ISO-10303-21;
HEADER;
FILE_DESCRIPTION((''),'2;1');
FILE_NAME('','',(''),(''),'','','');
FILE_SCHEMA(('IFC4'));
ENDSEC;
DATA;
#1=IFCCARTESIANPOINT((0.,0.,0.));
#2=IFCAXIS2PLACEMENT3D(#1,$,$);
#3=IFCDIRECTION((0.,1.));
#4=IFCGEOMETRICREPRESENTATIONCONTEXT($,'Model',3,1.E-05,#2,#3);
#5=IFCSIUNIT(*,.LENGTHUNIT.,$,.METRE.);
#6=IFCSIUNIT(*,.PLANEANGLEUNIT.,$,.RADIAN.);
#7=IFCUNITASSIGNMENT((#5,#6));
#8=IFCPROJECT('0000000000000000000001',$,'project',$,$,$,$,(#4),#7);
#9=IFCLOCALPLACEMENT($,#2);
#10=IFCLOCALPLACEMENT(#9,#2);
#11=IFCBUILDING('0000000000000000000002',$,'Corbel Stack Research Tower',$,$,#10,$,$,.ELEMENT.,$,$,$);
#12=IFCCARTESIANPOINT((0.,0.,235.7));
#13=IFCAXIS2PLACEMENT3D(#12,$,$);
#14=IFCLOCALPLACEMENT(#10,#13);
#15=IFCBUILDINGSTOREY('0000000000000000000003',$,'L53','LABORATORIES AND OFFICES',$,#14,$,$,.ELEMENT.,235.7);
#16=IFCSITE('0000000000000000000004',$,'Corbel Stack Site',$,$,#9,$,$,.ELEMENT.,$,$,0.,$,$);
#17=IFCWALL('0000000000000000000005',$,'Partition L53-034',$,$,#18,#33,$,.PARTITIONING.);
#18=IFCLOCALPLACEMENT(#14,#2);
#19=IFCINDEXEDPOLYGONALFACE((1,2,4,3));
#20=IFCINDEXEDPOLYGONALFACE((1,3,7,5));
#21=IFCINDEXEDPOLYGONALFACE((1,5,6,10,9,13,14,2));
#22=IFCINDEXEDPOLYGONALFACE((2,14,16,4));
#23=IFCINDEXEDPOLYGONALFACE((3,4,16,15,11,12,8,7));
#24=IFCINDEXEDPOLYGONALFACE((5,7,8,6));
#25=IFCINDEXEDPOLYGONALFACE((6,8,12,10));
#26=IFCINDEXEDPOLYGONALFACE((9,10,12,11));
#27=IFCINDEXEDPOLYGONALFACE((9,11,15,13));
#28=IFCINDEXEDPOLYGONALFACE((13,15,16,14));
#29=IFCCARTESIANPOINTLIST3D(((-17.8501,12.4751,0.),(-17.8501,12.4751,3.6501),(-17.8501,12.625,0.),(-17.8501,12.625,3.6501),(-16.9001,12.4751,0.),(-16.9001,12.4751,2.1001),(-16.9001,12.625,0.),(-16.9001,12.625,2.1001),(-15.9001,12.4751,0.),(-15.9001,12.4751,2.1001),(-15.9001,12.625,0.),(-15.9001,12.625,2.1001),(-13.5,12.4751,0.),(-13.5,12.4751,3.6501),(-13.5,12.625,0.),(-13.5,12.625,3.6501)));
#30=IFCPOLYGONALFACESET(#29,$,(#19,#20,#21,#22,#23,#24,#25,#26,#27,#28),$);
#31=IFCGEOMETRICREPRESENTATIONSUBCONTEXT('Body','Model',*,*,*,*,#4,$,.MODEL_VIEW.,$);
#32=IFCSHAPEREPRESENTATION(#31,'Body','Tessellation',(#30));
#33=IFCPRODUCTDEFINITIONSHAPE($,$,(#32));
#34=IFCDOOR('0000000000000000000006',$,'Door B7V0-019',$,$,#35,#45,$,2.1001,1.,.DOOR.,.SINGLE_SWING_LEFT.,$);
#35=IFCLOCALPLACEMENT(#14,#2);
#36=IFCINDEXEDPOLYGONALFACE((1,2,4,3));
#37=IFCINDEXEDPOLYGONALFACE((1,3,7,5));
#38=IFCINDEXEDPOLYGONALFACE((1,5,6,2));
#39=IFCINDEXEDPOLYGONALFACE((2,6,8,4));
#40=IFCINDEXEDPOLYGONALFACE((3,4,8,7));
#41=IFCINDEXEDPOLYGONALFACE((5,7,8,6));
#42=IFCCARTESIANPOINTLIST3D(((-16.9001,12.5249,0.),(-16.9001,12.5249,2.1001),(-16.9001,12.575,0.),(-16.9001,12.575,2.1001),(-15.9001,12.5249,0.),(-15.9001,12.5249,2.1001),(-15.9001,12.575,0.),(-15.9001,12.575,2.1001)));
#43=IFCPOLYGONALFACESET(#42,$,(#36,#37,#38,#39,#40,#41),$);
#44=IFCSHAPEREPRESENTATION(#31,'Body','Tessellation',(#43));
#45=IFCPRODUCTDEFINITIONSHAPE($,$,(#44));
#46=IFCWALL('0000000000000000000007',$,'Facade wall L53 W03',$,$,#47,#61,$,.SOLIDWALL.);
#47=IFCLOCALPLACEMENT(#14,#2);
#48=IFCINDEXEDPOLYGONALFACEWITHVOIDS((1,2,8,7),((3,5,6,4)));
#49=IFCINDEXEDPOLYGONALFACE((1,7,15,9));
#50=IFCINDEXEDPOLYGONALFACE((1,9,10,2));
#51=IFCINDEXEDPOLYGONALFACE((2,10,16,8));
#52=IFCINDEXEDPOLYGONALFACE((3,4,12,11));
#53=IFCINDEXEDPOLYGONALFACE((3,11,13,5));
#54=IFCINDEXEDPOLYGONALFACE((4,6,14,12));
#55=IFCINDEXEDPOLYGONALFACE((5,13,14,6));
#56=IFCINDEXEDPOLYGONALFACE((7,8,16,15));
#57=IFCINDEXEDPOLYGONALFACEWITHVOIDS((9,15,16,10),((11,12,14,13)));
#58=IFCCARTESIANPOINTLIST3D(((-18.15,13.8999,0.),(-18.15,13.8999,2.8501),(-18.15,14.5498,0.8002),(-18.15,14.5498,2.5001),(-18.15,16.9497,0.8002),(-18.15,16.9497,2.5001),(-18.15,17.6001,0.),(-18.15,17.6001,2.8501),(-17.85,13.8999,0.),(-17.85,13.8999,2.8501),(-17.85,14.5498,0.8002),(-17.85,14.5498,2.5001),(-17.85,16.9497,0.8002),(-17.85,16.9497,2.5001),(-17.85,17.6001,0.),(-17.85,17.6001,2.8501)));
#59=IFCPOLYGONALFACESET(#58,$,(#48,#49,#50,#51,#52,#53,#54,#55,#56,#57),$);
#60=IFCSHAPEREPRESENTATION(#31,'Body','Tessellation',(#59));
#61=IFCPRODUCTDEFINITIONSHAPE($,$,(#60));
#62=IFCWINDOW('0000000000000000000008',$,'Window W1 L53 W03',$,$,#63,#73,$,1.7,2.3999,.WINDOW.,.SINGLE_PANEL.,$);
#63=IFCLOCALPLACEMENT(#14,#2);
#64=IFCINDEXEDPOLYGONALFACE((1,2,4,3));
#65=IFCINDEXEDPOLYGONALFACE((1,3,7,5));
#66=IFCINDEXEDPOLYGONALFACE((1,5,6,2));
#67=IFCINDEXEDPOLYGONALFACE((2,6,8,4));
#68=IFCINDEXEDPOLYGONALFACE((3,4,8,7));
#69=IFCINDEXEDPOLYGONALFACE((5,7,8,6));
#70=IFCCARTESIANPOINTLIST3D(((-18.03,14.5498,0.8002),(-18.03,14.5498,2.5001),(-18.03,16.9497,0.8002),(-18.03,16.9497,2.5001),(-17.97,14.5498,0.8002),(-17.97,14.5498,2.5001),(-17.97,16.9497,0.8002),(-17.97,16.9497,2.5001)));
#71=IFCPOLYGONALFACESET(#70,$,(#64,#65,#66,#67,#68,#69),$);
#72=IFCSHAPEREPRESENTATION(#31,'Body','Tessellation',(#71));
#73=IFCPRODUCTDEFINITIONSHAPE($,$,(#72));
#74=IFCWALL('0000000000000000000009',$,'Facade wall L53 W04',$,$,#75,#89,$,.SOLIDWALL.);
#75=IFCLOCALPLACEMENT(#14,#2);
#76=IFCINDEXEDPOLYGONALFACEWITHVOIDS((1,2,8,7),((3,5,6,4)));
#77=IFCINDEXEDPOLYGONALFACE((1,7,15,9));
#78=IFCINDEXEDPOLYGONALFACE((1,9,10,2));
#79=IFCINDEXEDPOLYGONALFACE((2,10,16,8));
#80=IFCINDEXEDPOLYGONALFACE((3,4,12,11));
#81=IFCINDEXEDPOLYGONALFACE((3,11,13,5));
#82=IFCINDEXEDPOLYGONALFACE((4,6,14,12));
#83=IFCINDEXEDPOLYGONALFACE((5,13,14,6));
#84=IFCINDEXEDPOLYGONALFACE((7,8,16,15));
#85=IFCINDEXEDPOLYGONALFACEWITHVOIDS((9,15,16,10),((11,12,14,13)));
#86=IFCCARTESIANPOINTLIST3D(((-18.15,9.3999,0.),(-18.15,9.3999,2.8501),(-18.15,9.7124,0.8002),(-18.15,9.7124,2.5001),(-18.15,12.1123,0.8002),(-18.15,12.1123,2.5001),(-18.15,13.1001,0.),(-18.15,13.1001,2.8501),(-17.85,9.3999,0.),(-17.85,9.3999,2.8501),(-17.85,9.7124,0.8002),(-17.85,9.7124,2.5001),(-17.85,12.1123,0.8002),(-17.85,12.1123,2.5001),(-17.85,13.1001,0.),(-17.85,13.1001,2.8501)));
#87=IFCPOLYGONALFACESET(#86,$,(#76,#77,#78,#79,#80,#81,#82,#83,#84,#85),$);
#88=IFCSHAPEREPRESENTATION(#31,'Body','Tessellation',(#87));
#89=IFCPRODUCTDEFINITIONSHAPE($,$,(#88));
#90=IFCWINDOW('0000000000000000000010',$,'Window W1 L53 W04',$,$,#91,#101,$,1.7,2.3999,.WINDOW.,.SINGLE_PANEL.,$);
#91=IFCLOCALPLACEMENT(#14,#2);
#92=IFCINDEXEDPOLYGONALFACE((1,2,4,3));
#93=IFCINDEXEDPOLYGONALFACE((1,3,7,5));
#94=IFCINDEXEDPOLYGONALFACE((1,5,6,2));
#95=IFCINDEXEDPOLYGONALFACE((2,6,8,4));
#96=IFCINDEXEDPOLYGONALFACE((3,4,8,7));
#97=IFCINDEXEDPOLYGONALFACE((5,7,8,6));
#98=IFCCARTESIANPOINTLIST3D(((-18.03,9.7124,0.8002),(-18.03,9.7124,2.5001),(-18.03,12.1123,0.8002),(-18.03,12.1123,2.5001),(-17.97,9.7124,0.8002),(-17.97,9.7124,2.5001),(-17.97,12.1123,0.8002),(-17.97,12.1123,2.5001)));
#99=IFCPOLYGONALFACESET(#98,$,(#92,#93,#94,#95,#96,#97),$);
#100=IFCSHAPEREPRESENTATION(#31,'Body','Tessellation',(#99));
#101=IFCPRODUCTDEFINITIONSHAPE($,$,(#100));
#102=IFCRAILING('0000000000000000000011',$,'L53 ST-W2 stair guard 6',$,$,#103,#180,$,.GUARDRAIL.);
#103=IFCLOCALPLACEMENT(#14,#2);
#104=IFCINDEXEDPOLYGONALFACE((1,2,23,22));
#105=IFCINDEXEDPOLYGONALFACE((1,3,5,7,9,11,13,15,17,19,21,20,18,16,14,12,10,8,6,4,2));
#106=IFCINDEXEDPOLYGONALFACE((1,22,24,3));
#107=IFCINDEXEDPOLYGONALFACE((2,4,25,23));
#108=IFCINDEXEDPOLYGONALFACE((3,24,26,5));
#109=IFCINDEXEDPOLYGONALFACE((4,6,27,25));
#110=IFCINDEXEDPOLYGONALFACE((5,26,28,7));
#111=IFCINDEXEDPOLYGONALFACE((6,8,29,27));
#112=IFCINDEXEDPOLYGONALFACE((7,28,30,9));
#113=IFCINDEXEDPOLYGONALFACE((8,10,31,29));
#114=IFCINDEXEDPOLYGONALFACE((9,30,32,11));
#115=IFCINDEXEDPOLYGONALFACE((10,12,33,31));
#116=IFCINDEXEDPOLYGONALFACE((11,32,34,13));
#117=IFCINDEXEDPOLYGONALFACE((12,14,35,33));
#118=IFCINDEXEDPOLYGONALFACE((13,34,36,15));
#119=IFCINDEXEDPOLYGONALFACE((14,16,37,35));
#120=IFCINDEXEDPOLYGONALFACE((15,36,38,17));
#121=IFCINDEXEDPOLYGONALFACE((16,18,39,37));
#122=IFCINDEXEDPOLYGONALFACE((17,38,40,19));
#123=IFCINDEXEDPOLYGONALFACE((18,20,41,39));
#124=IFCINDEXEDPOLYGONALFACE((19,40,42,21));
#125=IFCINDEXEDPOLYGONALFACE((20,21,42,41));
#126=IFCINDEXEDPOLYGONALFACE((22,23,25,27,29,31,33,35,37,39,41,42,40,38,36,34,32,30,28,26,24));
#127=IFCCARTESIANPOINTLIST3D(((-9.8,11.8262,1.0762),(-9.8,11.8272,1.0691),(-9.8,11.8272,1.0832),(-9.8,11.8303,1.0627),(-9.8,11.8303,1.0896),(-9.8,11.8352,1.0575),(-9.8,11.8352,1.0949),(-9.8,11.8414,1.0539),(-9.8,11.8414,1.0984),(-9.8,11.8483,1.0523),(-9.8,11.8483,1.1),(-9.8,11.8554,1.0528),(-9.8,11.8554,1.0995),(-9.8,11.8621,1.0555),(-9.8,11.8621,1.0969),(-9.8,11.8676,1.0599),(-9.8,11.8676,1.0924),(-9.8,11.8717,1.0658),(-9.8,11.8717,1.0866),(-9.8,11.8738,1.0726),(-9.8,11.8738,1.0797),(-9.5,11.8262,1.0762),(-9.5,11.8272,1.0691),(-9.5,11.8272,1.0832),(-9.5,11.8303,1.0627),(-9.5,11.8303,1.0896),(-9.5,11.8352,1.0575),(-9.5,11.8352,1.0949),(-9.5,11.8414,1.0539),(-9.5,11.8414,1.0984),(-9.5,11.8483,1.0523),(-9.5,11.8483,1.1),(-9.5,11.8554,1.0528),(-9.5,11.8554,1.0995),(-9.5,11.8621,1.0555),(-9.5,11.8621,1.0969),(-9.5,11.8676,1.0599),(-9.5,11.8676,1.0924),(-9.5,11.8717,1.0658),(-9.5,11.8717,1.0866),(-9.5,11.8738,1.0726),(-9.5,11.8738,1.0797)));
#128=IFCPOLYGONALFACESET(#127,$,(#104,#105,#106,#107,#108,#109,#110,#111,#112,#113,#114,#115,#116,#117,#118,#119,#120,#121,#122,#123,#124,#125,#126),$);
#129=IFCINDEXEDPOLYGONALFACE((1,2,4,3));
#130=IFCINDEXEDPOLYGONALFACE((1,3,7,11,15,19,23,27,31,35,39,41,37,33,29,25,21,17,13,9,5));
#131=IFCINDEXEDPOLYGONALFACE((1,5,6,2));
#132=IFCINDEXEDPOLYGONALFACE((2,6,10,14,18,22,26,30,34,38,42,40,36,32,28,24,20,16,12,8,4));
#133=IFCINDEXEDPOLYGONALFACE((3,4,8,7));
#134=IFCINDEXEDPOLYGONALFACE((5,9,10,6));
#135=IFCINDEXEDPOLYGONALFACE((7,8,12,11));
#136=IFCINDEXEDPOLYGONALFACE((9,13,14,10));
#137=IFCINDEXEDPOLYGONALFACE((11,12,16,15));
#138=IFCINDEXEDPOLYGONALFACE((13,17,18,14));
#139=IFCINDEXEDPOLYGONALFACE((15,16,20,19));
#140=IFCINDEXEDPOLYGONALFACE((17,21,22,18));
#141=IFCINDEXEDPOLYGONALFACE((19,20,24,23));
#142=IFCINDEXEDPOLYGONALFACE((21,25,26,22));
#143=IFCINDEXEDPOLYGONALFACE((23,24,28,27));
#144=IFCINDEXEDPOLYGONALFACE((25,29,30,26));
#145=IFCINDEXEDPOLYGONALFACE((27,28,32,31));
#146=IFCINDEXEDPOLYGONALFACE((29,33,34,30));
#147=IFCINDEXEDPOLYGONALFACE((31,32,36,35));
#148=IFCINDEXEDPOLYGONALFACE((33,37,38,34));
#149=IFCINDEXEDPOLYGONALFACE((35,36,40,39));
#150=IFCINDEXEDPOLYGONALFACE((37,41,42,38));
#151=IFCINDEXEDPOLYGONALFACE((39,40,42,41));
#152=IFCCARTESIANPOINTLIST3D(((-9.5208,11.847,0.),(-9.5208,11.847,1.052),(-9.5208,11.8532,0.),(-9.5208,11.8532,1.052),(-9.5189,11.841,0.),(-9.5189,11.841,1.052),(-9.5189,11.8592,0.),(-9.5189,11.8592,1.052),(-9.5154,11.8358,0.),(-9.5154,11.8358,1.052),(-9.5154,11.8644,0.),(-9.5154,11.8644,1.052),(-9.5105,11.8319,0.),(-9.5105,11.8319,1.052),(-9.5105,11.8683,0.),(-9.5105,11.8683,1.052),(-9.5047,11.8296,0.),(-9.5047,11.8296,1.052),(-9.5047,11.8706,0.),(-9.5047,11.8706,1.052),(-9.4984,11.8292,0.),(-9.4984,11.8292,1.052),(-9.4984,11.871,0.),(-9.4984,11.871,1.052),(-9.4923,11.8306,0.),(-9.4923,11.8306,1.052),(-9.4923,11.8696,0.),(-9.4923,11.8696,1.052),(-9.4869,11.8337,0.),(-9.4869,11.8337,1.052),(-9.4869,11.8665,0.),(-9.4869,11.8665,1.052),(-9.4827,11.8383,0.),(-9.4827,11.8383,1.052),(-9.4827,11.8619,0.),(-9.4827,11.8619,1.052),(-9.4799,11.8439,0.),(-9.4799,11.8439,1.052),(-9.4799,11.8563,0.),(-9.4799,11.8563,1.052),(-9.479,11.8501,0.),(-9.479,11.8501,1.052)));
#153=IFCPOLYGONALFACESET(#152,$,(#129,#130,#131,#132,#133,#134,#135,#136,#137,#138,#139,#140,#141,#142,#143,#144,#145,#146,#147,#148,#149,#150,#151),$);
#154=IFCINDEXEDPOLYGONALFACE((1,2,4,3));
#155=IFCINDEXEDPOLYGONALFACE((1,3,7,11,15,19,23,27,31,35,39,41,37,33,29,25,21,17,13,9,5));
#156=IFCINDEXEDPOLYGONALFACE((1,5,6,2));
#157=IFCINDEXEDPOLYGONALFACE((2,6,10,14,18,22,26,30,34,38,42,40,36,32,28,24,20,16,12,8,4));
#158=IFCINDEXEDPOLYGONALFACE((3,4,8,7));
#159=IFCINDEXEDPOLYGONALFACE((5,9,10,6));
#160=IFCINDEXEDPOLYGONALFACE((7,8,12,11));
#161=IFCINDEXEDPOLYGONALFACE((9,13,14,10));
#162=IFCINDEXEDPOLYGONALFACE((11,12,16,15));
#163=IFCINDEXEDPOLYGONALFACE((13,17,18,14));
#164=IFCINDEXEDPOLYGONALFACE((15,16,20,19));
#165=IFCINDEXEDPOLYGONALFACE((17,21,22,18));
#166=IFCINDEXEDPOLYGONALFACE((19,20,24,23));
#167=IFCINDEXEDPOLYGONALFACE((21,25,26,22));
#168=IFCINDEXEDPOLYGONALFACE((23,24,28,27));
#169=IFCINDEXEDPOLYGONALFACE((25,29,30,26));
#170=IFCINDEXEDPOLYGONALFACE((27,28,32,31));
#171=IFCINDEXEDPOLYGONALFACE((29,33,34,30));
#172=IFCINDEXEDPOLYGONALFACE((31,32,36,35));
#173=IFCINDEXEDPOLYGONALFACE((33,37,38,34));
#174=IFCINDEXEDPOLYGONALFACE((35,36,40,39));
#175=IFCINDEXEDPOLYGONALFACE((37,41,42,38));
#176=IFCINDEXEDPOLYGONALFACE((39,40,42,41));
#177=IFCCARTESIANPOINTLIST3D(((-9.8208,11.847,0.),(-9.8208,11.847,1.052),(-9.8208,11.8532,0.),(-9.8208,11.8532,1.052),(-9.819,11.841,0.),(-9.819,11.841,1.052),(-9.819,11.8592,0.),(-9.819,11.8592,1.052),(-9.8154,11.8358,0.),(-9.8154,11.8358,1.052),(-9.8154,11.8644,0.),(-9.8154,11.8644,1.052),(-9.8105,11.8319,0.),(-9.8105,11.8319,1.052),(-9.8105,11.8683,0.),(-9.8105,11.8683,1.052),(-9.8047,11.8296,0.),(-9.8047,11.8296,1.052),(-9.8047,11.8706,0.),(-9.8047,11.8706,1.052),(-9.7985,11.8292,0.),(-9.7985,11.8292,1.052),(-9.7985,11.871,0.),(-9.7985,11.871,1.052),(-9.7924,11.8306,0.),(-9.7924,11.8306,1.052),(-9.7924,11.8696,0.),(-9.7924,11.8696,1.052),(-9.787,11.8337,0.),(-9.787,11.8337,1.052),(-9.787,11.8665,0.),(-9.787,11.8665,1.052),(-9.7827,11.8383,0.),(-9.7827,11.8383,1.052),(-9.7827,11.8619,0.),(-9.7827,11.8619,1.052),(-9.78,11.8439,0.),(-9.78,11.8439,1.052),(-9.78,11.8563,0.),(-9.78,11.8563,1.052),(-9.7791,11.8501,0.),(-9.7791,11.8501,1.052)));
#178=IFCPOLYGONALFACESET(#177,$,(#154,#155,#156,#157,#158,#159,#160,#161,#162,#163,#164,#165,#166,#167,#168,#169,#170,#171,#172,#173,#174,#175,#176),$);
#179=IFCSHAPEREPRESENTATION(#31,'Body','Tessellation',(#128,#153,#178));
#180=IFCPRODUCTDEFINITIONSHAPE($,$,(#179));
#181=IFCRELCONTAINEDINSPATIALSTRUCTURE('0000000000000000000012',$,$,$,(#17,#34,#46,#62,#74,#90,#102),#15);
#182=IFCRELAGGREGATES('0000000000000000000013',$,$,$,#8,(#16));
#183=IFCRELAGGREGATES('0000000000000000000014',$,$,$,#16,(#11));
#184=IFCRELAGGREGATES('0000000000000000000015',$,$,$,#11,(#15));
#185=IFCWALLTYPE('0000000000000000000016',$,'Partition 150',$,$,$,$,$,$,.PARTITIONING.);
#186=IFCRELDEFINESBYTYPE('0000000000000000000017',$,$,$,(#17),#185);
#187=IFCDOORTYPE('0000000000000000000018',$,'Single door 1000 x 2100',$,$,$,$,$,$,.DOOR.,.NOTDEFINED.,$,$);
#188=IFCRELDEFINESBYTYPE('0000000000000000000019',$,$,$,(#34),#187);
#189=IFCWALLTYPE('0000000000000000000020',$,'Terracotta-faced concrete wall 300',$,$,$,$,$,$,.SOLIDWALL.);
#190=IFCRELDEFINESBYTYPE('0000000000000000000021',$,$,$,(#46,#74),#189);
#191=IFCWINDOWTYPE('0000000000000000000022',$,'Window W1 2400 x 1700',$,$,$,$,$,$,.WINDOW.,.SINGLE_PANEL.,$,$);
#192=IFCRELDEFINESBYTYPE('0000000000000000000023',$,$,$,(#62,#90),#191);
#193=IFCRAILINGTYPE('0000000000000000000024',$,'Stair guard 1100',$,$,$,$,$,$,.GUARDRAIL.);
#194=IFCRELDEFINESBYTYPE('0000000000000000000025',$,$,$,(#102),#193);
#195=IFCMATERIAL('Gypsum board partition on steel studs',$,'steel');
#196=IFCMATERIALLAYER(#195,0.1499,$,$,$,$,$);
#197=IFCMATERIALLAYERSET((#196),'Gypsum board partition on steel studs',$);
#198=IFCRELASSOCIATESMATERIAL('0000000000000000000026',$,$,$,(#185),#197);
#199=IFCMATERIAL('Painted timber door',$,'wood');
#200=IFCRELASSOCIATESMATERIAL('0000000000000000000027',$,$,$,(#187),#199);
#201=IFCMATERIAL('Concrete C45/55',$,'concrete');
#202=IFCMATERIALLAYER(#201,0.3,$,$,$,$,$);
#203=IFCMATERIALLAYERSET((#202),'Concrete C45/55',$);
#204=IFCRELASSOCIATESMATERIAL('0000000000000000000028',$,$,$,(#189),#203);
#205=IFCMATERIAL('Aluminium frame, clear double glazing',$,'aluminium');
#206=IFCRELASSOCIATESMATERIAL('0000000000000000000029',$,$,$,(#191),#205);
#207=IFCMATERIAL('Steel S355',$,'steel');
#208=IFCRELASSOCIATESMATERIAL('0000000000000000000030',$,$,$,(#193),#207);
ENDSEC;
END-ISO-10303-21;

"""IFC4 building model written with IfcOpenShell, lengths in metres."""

from ifc_helpers import new_model, si_unit, direction, frame, frame_2d, origin, origin_2d, place, context, subcontext, project, spatial, rectangle, circle, extrude, material, layer, layer_set, type_object, element, fill, save


model = new_model("IFC4")

# Units and contexts
model_context = context("Model", 3, precision=1e-05, world=origin(), true_north=direction((0.0, 1.0)))
body_context = subcontext(model_context, "Body", "Model", "MODEL_VIEW")
ifc_project = project(units=[si_unit("LENGTHUNIT", "METRE"), si_unit("PLANEANGLEUNIT", "RADIAN")], contexts=[model_context])

# Site, building, storey
site_placement = place(None, origin())
site = spatial("IfcSite", under=ifc_project, at=site_placement, Name="Corbel Stack Site", CompositionType="ELEMENT", RefElevation=0.0)
building_placement = place(site_placement, origin())
building = spatial("IfcBuilding", under=site, at=building_placement, Name="Corbel Stack Research Tower", CompositionType="ELEMENT")
storey_placement = place(building_placement, frame((0.0, 0.0, 235.7)))
storey = spatial("IfcBuildingStorey", under=building, at=storey_placement, Name="L53", Description="LABORATORIES AND OFFICES", CompositionType="ELEMENT", Elevation=235.7)

# Wall, opening, door
ifc_material_1 = material(Name="Gypsum board partition on steel studs", Category="steel")
ifc_layer_1 = layer(ifc_material_1, 0.1499)
ifc_layer_set_1 = layer_set([ifc_layer_1], Name="Gypsum board partition on steel studs")
wall_type_1 = type_object("IfcWallType", Name="Partition 150", PredefinedType="PARTITIONING", material=ifc_layer_set_1)
wall_1_placement = place(storey_placement, frame((-17.8501, 12.55, 0.0), z_axis=(0.0, 0.0, 1.0), x_axis=(1.0, 0.0, 0.0)))
wall_1 = element("IfcWall", 1, at=wall_1_placement, inside=storey, type_object=wall_type_1, Name="Partition L53-034", PredefinedType="PARTITIONING", context=body_context, shape_type="SweptSolid", body=[
    extrude(rectangle(XDim=4.3501, YDim=0.1499, at=frame_2d((2.175, 0.0))), origin(), (0.0, 0.0, 1.0), 3.6501),
])
opening_1_placement = place(wall_1_placement, frame((0.95, 0.0, 0.0)))
opening_1 = element("IfcOpeningElement", 2, at=opening_1_placement, cuts=wall_1, PredefinedType="OPENING", context=body_context, shape_type="SweptSolid", body=[
    extrude(rectangle(XDim=1.0, YDim=2.1001, at=frame_2d((0.5, 1.05))), frame((0.0, 0.085, 0.0), z_axis=(0.0, -1.0, 0.0), x_axis=(1.0, 0.0, 0.0)), (0.0, 0.0, 1.0), 0.1699),
])
ifc_material_2 = material(Name="Painted timber door", Category="wood")
door_type_1 = type_object("IfcDoorType", Name="Single door 1000 x 2100", OperationType="NOTDEFINED", PredefinedType="DOOR", material=ifc_material_2)
door_1_placement = place(opening_1_placement, origin())
door_1 = element("IfcDoor", 3, at=door_1_placement, inside=storey, type_object=door_type_1, Name="Door B7V0-019", OperationType="SINGLE_SWING_LEFT", OverallHeight=2.1001, OverallWidth=1.0, PredefinedType="DOOR", context=body_context, shape_type="SweptSolid", body=[
    extrude(rectangle(XDim=1.0, YDim=2.1001, at=frame_2d((0.5, 1.05))), frame((0.0, 0.0249, 0.0), z_axis=(0.0, -1.0, 0.0), x_axis=(1.0, 0.0, 0.0)), (0.0, 0.0, 1.0), 0.05),
])
fill(opening_1, door_1)

# Walls, openings, windows
ifc_material_3 = material(Name="Concrete C45/55", Category="concrete")
ifc_layer_2 = layer(ifc_material_3, 0.3)
ifc_layer_set_2 = layer_set([ifc_layer_2], Name="Concrete C45/55")
wall_type_2 = type_object("IfcWallType", Name="Terracotta-faced concrete wall 300", PredefinedType="SOLIDWALL", material=ifc_layer_set_2)
wall_2_placement = place(storey_placement, frame((-18.0, 13.8999, 0.0), z_axis=(0.0, 0.0, 1.0), x_axis=(0.0, 1.0, 0.0)))
wall_2 = element("IfcWall", 4, at=wall_2_placement, inside=storey, type_object=wall_type_2, Name="Facade wall L53 W03", PredefinedType="SOLIDWALL", context=body_context, shape_type="SweptSolid", body=[
    extrude(rectangle(XDim=3.7002, YDim=0.3, at=frame_2d((1.8501, 0.0))), origin(), (0.0, 0.0, 1.0), 2.8501),
])
opening_2_placement = place(wall_2_placement, frame((0.6499, 0.0, 0.8)))
opening_2 = element("IfcOpeningElement", 5, at=opening_2_placement, cuts=wall_2, PredefinedType="OPENING", context=body_context, shape_type="SweptSolid", body=[
    extrude(rectangle(XDim=2.3999, YDim=1.7, at=frame_2d((1.2, 0.8501))), frame((0.0, 0.1599, 0.0), z_axis=(0.0, -1.0, 0.0), x_axis=(1.0, 0.0, 0.0)), (0.0, 0.0, 1.0), 0.3201),
])
ifc_material_4 = material(Name="Aluminium frame, clear double glazing", Category="aluminium")
window_type = type_object("IfcWindowType", Name="Window W1 2400 x 1700", PartitioningType="SINGLE_PANEL", PredefinedType="WINDOW", material=ifc_material_4)
window_1_placement = place(opening_2_placement, origin())
window_1 = element("IfcWindow", 6, at=window_1_placement, inside=storey, type_object=window_type, Name="Window W1 L53 W03", OverallHeight=1.7, OverallWidth=2.3999, PartitioningType="SINGLE_PANEL", PredefinedType="WINDOW", context=body_context, shape_type="SweptSolid", body=[
    extrude(rectangle(XDim=2.3999, YDim=1.7, at=frame_2d((1.2, 0.8501))), frame((0.0, 0.03, 0.0), z_axis=(0.0, -1.0, 0.0), x_axis=(1.0, 0.0, 0.0)), (0.0, 0.0, 1.0), 0.0601),
])
fill(opening_2, window_1)
wall_3_placement = place(storey_placement, frame((-18.0, 9.3999, 0.0), z_axis=(0.0, 0.0, 1.0), x_axis=(0.0, 1.0, 0.0)))
wall_3 = element("IfcWall", 7, at=wall_3_placement, inside=storey, type_object=wall_type_2, Name="Facade wall L53 W04", PredefinedType="SOLIDWALL", context=body_context, shape_type="SweptSolid", body=[
    extrude(rectangle(XDim=3.7002, YDim=0.3, at=frame_2d((1.8501, 0.0))), origin(), (0.0, 0.0, 1.0), 2.8501),
])
opening_3_placement = place(wall_3_placement, frame((0.3125, 0.0, 0.8)))
opening_3 = element("IfcOpeningElement", 8, at=opening_3_placement, cuts=wall_3, PredefinedType="OPENING", context=body_context, shape_type="SweptSolid", body=[
    extrude(rectangle(XDim=2.3999, YDim=1.7, at=frame_2d((1.2, 0.8501))), frame((0.0, 0.1599, 0.0), z_axis=(0.0, -1.0, 0.0), x_axis=(1.0, 0.0, 0.0)), (0.0, 0.0, 1.0), 0.3201),
])
window_2_placement = place(opening_3_placement, origin())
window_2 = element("IfcWindow", 9, at=window_2_placement, inside=storey, type_object=window_type, Name="Window W1 L53 W04", OverallHeight=1.7, OverallWidth=2.3999, PartitioningType="SINGLE_PANEL", PredefinedType="WINDOW", context=body_context, shape_type="SweptSolid", body=[
    extrude(rectangle(XDim=2.3999, YDim=1.7, at=frame_2d((1.2, 0.8501))), frame((0.0, 0.03, 0.0), z_axis=(0.0, -1.0, 0.0), x_axis=(1.0, 0.0, 0.0)), (0.0, 0.0, 1.0), 0.0601),
])
fill(opening_3, window_2)

# Railing
ifc_material_5 = material(Name="Steel S355", Category="steel")
railing_type = type_object("IfcRailingType", Name="Stair guard 1100", PredefinedType="GUARDRAIL", material=ifc_material_5)
railing_placement = place(storey_placement, frame((-9.5, 11.8501, 0.0)))
element("IfcRailing", 10, at=railing_placement, inside=storey, type_object=railing_type, Name="L53 ST-W2 stair guard 6", PredefinedType="GUARDRAIL", context=body_context, shape_type="SweptSolid", body=[
    extrude(circle(Radius=0.0239, at=origin_2d()), frame((0.0, 0.0, 1.0762), z_axis=(-1.0, 0.0, 0.0), x_axis=(0.0, -1.0, 0.0)), (0.0, 0.0, 1.0), 0.3),
    extrude(circle(Radius=0.021, at=origin_2d()), origin(), (0.0, 0.0, 1.0), 1.052),
    extrude(circle(Radius=0.021, at=origin_2d()), frame((-0.3, 0.0, 0.0)), (0.0, 0.0, 1.0), 1.052),
])

save(model, "model.ifc")
